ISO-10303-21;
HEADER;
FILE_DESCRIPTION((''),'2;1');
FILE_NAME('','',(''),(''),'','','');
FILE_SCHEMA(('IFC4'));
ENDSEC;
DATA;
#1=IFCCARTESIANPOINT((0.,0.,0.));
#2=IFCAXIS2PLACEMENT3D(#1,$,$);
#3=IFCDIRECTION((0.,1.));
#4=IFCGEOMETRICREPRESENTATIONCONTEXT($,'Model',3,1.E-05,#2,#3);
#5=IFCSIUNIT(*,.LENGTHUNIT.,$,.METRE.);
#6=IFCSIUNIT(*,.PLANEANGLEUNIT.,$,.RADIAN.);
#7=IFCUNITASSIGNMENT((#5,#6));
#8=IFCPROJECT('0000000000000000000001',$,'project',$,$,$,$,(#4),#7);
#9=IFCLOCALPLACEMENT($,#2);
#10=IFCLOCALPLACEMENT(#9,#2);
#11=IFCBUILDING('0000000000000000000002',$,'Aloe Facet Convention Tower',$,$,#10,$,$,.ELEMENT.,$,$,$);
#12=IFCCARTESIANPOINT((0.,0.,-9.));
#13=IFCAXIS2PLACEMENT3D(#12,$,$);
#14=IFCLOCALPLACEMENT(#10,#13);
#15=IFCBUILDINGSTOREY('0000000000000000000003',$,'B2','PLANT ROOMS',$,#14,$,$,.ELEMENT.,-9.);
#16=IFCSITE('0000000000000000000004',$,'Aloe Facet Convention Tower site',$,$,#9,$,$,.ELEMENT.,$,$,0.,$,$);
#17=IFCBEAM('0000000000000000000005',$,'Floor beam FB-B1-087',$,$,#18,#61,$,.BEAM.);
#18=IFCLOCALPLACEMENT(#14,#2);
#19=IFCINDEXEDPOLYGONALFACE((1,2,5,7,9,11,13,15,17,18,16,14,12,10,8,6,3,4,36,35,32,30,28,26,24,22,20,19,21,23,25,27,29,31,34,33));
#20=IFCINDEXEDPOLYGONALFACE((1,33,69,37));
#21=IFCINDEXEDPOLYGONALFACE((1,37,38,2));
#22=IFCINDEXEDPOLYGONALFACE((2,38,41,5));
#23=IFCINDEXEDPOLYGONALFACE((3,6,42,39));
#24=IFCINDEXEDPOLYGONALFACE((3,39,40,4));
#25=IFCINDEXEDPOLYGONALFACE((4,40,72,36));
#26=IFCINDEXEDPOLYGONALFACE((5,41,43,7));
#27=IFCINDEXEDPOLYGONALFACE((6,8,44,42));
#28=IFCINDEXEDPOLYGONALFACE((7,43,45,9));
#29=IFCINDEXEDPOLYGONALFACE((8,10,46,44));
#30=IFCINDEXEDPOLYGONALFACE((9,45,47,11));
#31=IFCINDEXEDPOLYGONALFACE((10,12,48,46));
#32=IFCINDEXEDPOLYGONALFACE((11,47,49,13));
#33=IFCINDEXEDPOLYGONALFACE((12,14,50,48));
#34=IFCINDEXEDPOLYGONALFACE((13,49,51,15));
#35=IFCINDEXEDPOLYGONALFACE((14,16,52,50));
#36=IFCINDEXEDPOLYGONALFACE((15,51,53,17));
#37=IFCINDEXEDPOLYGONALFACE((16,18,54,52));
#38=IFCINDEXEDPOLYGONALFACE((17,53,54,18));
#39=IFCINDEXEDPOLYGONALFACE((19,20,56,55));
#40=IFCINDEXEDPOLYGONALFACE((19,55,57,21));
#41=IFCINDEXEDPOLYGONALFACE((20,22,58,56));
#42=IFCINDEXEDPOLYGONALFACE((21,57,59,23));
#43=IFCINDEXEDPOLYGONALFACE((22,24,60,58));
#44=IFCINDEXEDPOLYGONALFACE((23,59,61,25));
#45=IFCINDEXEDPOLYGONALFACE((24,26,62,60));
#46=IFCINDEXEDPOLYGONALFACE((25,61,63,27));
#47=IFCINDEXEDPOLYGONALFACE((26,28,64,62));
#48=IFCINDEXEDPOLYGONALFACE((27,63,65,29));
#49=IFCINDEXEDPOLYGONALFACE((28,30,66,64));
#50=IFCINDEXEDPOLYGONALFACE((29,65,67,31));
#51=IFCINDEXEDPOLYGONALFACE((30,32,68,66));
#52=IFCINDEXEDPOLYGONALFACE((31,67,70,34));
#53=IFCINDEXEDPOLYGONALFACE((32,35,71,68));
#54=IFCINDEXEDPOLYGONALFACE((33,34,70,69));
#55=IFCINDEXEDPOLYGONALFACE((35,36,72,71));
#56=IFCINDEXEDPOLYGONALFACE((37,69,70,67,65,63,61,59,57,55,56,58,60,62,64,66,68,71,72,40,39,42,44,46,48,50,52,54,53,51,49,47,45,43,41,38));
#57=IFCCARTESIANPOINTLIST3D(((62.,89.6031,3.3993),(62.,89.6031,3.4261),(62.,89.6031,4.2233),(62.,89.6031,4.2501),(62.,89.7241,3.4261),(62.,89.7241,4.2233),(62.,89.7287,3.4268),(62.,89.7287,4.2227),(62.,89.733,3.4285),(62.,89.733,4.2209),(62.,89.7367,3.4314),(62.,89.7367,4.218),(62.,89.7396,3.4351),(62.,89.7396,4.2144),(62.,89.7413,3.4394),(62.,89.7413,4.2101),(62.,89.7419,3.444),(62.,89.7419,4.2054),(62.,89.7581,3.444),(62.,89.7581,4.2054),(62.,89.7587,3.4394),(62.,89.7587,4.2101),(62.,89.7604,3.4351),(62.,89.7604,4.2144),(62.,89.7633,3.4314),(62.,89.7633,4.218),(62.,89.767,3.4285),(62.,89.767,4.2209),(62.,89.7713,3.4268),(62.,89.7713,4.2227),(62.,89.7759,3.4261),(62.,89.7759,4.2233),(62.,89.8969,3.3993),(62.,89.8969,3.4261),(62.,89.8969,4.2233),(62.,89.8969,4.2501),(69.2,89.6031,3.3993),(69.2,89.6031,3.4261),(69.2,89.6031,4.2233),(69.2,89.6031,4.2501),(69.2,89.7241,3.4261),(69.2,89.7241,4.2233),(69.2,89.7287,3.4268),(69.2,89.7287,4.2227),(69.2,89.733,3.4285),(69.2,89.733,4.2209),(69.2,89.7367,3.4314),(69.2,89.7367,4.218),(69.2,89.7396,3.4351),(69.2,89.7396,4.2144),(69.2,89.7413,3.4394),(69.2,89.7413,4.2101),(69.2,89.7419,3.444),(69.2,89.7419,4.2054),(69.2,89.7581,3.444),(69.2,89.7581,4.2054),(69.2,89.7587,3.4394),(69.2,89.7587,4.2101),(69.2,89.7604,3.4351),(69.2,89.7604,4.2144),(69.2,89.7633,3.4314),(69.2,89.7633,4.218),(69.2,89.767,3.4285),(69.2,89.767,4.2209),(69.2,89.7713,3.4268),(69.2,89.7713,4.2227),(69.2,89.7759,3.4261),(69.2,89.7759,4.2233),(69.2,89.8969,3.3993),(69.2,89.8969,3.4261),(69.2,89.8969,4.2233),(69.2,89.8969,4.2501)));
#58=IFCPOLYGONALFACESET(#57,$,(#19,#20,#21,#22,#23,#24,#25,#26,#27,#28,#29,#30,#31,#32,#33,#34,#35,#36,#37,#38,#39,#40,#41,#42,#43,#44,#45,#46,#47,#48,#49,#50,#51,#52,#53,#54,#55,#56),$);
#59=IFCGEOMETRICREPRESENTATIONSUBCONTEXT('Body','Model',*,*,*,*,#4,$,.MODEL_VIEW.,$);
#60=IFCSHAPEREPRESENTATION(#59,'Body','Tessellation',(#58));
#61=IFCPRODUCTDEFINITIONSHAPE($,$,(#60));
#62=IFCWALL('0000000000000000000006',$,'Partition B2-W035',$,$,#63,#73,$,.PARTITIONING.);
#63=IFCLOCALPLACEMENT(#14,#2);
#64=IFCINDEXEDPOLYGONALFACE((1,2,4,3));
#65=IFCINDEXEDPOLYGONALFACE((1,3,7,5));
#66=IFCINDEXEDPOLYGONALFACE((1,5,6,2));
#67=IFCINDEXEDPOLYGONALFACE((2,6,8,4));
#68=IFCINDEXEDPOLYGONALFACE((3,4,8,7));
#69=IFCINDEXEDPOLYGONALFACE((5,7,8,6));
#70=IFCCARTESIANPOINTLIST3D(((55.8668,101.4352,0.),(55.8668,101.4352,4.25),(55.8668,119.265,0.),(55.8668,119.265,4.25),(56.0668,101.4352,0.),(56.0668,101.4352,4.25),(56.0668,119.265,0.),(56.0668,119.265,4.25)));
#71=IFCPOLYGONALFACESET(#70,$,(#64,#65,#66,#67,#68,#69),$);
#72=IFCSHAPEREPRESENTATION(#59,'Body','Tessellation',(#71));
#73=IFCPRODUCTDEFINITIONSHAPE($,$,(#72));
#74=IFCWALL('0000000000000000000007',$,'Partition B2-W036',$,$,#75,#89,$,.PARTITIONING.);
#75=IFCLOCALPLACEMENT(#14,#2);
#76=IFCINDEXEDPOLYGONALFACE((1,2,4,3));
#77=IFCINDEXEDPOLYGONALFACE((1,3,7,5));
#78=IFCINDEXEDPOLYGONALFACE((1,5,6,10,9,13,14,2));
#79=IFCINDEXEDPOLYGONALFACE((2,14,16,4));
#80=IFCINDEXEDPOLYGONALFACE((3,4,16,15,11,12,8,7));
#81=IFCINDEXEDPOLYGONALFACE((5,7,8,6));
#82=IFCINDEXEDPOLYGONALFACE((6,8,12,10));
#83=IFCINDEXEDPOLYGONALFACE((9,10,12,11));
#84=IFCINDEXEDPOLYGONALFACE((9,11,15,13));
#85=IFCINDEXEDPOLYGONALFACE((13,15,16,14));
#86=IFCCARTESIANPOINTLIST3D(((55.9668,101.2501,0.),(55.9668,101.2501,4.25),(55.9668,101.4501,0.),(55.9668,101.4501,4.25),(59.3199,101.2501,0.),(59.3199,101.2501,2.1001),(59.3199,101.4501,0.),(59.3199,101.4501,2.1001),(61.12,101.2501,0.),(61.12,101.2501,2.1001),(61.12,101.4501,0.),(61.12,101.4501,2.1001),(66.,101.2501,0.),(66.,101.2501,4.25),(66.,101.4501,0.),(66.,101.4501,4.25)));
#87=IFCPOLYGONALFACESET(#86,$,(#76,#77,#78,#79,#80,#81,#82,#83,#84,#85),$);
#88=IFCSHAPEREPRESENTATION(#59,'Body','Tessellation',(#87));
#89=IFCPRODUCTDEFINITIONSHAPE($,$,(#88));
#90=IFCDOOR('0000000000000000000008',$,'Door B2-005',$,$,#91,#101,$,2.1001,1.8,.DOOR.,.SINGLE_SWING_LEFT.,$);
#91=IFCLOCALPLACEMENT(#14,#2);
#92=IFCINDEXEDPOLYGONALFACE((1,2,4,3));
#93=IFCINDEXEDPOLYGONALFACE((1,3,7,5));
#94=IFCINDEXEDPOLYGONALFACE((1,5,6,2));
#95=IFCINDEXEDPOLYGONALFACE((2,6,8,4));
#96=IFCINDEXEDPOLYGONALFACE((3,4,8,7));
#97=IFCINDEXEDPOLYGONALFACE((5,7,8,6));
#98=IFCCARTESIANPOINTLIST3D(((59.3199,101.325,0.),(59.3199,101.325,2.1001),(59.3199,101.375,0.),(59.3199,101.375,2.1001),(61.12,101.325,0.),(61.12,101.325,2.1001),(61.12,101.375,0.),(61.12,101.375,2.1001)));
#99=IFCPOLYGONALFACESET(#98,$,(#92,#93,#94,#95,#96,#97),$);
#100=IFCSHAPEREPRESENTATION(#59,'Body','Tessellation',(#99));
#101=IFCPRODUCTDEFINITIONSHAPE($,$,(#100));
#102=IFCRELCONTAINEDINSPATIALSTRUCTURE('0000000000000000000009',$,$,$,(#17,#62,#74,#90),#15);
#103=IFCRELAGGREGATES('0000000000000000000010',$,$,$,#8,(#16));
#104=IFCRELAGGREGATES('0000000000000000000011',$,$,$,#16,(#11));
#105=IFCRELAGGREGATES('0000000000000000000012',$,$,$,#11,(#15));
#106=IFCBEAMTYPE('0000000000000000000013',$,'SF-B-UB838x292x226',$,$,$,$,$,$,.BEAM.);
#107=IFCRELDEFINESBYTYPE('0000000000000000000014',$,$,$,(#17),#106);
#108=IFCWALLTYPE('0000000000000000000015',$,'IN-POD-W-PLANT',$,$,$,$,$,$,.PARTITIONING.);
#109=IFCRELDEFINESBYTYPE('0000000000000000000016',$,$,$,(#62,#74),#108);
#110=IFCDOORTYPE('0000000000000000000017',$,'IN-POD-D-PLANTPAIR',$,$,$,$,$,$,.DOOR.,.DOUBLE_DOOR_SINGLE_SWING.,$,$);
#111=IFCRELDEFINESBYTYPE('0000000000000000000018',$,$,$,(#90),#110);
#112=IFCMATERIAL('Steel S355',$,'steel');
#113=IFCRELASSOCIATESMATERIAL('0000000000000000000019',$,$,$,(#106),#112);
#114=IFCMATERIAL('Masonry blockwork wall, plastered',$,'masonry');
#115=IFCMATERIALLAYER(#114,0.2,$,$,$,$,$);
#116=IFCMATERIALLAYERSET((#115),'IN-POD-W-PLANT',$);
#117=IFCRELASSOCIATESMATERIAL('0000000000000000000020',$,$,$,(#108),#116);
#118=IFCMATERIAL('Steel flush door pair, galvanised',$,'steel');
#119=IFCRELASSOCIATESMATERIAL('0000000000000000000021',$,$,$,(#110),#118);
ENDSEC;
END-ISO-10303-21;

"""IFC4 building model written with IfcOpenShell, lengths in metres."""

from ifc_helpers import new_model, si_unit, direction, frame, frame_2d, origin, origin_2d, place, context, subcontext, project, spatial, rectangle, i_section, extrude, material, layer, layer_set, material_profile, profile_set, type_object, element, fill, save


model = new_model("IFC4")

# Units and contexts
model_context = context("Model", 3, precision=1e-05, world=origin(), true_north=direction((0.0, 1.0)))
body_context = subcontext(model_context, "Body", "Model", "MODEL_VIEW")
ifc_project = project(units=[si_unit("LENGTHUNIT", "METRE"), si_unit("PLANEANGLEUNIT", "RADIAN")], contexts=[model_context])

# Site, building, storey
site_placement = place(None, origin())
site = spatial("IfcSite", under=ifc_project, at=site_placement, Name="Aloe Facet Convention Tower site", CompositionType="ELEMENT", RefElevation=0.0)
building_placement = place(site_placement, origin())
building = spatial("IfcBuilding", under=site, at=building_placement, Name="Aloe Facet Convention Tower", CompositionType="ELEMENT")
storey_placement = place(building_placement, frame((0.0, 0.0, -9.0)))
storey = spatial("IfcBuildingStorey", under=building, at=storey_placement, Name="B2", Description="PLANT ROOMS", CompositionType="ELEMENT", Elevation=-9.0)

# Beam
ifc_material_1 = material(Name="Steel S355", Category="steel")
ifc_material_profile_1 = material_profile(ifc_material_1, i_section(OverallWidth=0.2937, OverallDepth=0.8508, WebThickness=0.0161, FlangeThickness=0.0269, FilletRadius=0.0178, at=origin_2d()), Name="UB 838x292x226")
ifc_profile_set_1 = profile_set([ifc_material_profile_1], Name="Steel S355")
beam_type_1 = type_object("IfcBeamType", Name="SF-B-UB838x292x226", PredefinedType="BEAM", material=ifc_profile_set_1)
beam_1_placement = place(storey_placement, frame((62.0, 89.75, 3.8247), z_axis=(1.0, 0.0, 0.0), x_axis=(0.0, 1.0, 0.0)))
element("IfcBeam", 1, at=beam_1_placement, inside=storey, type_object=beam_type_1, Name="Floor beam FB-B1-087", PredefinedType="BEAM", context=body_context, shape_type="SweptSolid", body=[
    extrude(i_section(OverallWidth=0.2937, OverallDepth=0.8508, WebThickness=0.0161, FlangeThickness=0.0269, FilletRadius=0.0178, at=origin_2d()), origin(), (0.0, 0.0, 1.0), 7.2),
])

# Wall
ifc_material_2 = material(Name="Masonry blockwork wall, plastered", Category="masonry")
ifc_layer = layer(ifc_material_2, 0.2)
ifc_layer_set = layer_set([ifc_layer], Name="IN-POD-W-PLANT")
wall_type = type_object("IfcWallType", Name="IN-POD-W-PLANT", PredefinedType="PARTITIONING", material=ifc_layer_set)
wall_1_placement = place(storey_placement, frame((55.9668, 101.4351, 0.0), z_axis=(0.0, 0.0, 1.0), x_axis=(0.0, 1.0, 0.0)))
element("IfcWall", 2, at=wall_1_placement, inside=storey, type_object=wall_type, Name="Partition B2-W035", PredefinedType="PARTITIONING", context=body_context, shape_type="SweptSolid", body=[
    extrude(rectangle(XDim=17.8298, YDim=0.2, at=frame_2d((8.915, 0.0))), origin(), (0.0, 0.0, 1.0), 4.25),
])

# Wall, opening, door
wall_2_placement = place(storey_placement, frame((55.9668, 101.3501, 0.0), z_axis=(0.0, 0.0, 1.0), x_axis=(1.0, 0.0, 0.0)))
wall_2 = element("IfcWall", 3, at=wall_2_placement, inside=storey, type_object=wall_type, Name="Partition B2-W036", PredefinedType="PARTITIONING", context=body_context, shape_type="SweptSolid", body=[
    extrude(rectangle(XDim=10.0332, YDim=0.2, at=frame_2d((5.0166, 0.0))), origin(), (0.0, 0.0, 1.0), 4.25),
])
opening_placement = place(wall_2_placement, frame((3.3533, 0.0, 0.0)))
opening = element("IfcOpeningElement", 4, at=opening_placement, cuts=wall_2, PredefinedType="OPENING", context=body_context, shape_type="SweptSolid", body=[
    extrude(rectangle(XDim=1.8, YDim=2.1001, at=frame_2d((0.8999, 1.05))), frame((0.0, 0.1099, 0.0), z_axis=(0.0, -1.0, 0.0), x_axis=(1.0, 0.0, 0.0)), (0.0, 0.0, 1.0), 0.22),
])
ifc_material_3 = material(Name="Steel flush door pair, galvanised", Category="steel")
door_type = type_object("IfcDoorType", Name="IN-POD-D-PLANTPAIR", OperationType="DOUBLE_DOOR_SINGLE_SWING", PredefinedType="DOOR", material=ifc_material_3)
door_placement = place(opening_placement, origin())
door = element("IfcDoor", 5, at=door_placement, inside=storey, type_object=door_type, Name="Door B2-005", OperationType="SINGLE_SWING_LEFT", OverallHeight=2.1001, OverallWidth=1.8, PredefinedType="DOOR", context=body_context, shape_type="SweptSolid", body=[
    extrude(rectangle(XDim=1.8, YDim=2.1001, at=frame_2d((0.8999, 1.05))), frame((0.0, 0.0249, 0.0), z_axis=(0.0, -1.0, 0.0), x_axis=(1.0, 0.0, 0.0)), (0.0, 0.0, 1.0), 0.05),
])
fill(opening, door)

save(model, "model.ifc")
